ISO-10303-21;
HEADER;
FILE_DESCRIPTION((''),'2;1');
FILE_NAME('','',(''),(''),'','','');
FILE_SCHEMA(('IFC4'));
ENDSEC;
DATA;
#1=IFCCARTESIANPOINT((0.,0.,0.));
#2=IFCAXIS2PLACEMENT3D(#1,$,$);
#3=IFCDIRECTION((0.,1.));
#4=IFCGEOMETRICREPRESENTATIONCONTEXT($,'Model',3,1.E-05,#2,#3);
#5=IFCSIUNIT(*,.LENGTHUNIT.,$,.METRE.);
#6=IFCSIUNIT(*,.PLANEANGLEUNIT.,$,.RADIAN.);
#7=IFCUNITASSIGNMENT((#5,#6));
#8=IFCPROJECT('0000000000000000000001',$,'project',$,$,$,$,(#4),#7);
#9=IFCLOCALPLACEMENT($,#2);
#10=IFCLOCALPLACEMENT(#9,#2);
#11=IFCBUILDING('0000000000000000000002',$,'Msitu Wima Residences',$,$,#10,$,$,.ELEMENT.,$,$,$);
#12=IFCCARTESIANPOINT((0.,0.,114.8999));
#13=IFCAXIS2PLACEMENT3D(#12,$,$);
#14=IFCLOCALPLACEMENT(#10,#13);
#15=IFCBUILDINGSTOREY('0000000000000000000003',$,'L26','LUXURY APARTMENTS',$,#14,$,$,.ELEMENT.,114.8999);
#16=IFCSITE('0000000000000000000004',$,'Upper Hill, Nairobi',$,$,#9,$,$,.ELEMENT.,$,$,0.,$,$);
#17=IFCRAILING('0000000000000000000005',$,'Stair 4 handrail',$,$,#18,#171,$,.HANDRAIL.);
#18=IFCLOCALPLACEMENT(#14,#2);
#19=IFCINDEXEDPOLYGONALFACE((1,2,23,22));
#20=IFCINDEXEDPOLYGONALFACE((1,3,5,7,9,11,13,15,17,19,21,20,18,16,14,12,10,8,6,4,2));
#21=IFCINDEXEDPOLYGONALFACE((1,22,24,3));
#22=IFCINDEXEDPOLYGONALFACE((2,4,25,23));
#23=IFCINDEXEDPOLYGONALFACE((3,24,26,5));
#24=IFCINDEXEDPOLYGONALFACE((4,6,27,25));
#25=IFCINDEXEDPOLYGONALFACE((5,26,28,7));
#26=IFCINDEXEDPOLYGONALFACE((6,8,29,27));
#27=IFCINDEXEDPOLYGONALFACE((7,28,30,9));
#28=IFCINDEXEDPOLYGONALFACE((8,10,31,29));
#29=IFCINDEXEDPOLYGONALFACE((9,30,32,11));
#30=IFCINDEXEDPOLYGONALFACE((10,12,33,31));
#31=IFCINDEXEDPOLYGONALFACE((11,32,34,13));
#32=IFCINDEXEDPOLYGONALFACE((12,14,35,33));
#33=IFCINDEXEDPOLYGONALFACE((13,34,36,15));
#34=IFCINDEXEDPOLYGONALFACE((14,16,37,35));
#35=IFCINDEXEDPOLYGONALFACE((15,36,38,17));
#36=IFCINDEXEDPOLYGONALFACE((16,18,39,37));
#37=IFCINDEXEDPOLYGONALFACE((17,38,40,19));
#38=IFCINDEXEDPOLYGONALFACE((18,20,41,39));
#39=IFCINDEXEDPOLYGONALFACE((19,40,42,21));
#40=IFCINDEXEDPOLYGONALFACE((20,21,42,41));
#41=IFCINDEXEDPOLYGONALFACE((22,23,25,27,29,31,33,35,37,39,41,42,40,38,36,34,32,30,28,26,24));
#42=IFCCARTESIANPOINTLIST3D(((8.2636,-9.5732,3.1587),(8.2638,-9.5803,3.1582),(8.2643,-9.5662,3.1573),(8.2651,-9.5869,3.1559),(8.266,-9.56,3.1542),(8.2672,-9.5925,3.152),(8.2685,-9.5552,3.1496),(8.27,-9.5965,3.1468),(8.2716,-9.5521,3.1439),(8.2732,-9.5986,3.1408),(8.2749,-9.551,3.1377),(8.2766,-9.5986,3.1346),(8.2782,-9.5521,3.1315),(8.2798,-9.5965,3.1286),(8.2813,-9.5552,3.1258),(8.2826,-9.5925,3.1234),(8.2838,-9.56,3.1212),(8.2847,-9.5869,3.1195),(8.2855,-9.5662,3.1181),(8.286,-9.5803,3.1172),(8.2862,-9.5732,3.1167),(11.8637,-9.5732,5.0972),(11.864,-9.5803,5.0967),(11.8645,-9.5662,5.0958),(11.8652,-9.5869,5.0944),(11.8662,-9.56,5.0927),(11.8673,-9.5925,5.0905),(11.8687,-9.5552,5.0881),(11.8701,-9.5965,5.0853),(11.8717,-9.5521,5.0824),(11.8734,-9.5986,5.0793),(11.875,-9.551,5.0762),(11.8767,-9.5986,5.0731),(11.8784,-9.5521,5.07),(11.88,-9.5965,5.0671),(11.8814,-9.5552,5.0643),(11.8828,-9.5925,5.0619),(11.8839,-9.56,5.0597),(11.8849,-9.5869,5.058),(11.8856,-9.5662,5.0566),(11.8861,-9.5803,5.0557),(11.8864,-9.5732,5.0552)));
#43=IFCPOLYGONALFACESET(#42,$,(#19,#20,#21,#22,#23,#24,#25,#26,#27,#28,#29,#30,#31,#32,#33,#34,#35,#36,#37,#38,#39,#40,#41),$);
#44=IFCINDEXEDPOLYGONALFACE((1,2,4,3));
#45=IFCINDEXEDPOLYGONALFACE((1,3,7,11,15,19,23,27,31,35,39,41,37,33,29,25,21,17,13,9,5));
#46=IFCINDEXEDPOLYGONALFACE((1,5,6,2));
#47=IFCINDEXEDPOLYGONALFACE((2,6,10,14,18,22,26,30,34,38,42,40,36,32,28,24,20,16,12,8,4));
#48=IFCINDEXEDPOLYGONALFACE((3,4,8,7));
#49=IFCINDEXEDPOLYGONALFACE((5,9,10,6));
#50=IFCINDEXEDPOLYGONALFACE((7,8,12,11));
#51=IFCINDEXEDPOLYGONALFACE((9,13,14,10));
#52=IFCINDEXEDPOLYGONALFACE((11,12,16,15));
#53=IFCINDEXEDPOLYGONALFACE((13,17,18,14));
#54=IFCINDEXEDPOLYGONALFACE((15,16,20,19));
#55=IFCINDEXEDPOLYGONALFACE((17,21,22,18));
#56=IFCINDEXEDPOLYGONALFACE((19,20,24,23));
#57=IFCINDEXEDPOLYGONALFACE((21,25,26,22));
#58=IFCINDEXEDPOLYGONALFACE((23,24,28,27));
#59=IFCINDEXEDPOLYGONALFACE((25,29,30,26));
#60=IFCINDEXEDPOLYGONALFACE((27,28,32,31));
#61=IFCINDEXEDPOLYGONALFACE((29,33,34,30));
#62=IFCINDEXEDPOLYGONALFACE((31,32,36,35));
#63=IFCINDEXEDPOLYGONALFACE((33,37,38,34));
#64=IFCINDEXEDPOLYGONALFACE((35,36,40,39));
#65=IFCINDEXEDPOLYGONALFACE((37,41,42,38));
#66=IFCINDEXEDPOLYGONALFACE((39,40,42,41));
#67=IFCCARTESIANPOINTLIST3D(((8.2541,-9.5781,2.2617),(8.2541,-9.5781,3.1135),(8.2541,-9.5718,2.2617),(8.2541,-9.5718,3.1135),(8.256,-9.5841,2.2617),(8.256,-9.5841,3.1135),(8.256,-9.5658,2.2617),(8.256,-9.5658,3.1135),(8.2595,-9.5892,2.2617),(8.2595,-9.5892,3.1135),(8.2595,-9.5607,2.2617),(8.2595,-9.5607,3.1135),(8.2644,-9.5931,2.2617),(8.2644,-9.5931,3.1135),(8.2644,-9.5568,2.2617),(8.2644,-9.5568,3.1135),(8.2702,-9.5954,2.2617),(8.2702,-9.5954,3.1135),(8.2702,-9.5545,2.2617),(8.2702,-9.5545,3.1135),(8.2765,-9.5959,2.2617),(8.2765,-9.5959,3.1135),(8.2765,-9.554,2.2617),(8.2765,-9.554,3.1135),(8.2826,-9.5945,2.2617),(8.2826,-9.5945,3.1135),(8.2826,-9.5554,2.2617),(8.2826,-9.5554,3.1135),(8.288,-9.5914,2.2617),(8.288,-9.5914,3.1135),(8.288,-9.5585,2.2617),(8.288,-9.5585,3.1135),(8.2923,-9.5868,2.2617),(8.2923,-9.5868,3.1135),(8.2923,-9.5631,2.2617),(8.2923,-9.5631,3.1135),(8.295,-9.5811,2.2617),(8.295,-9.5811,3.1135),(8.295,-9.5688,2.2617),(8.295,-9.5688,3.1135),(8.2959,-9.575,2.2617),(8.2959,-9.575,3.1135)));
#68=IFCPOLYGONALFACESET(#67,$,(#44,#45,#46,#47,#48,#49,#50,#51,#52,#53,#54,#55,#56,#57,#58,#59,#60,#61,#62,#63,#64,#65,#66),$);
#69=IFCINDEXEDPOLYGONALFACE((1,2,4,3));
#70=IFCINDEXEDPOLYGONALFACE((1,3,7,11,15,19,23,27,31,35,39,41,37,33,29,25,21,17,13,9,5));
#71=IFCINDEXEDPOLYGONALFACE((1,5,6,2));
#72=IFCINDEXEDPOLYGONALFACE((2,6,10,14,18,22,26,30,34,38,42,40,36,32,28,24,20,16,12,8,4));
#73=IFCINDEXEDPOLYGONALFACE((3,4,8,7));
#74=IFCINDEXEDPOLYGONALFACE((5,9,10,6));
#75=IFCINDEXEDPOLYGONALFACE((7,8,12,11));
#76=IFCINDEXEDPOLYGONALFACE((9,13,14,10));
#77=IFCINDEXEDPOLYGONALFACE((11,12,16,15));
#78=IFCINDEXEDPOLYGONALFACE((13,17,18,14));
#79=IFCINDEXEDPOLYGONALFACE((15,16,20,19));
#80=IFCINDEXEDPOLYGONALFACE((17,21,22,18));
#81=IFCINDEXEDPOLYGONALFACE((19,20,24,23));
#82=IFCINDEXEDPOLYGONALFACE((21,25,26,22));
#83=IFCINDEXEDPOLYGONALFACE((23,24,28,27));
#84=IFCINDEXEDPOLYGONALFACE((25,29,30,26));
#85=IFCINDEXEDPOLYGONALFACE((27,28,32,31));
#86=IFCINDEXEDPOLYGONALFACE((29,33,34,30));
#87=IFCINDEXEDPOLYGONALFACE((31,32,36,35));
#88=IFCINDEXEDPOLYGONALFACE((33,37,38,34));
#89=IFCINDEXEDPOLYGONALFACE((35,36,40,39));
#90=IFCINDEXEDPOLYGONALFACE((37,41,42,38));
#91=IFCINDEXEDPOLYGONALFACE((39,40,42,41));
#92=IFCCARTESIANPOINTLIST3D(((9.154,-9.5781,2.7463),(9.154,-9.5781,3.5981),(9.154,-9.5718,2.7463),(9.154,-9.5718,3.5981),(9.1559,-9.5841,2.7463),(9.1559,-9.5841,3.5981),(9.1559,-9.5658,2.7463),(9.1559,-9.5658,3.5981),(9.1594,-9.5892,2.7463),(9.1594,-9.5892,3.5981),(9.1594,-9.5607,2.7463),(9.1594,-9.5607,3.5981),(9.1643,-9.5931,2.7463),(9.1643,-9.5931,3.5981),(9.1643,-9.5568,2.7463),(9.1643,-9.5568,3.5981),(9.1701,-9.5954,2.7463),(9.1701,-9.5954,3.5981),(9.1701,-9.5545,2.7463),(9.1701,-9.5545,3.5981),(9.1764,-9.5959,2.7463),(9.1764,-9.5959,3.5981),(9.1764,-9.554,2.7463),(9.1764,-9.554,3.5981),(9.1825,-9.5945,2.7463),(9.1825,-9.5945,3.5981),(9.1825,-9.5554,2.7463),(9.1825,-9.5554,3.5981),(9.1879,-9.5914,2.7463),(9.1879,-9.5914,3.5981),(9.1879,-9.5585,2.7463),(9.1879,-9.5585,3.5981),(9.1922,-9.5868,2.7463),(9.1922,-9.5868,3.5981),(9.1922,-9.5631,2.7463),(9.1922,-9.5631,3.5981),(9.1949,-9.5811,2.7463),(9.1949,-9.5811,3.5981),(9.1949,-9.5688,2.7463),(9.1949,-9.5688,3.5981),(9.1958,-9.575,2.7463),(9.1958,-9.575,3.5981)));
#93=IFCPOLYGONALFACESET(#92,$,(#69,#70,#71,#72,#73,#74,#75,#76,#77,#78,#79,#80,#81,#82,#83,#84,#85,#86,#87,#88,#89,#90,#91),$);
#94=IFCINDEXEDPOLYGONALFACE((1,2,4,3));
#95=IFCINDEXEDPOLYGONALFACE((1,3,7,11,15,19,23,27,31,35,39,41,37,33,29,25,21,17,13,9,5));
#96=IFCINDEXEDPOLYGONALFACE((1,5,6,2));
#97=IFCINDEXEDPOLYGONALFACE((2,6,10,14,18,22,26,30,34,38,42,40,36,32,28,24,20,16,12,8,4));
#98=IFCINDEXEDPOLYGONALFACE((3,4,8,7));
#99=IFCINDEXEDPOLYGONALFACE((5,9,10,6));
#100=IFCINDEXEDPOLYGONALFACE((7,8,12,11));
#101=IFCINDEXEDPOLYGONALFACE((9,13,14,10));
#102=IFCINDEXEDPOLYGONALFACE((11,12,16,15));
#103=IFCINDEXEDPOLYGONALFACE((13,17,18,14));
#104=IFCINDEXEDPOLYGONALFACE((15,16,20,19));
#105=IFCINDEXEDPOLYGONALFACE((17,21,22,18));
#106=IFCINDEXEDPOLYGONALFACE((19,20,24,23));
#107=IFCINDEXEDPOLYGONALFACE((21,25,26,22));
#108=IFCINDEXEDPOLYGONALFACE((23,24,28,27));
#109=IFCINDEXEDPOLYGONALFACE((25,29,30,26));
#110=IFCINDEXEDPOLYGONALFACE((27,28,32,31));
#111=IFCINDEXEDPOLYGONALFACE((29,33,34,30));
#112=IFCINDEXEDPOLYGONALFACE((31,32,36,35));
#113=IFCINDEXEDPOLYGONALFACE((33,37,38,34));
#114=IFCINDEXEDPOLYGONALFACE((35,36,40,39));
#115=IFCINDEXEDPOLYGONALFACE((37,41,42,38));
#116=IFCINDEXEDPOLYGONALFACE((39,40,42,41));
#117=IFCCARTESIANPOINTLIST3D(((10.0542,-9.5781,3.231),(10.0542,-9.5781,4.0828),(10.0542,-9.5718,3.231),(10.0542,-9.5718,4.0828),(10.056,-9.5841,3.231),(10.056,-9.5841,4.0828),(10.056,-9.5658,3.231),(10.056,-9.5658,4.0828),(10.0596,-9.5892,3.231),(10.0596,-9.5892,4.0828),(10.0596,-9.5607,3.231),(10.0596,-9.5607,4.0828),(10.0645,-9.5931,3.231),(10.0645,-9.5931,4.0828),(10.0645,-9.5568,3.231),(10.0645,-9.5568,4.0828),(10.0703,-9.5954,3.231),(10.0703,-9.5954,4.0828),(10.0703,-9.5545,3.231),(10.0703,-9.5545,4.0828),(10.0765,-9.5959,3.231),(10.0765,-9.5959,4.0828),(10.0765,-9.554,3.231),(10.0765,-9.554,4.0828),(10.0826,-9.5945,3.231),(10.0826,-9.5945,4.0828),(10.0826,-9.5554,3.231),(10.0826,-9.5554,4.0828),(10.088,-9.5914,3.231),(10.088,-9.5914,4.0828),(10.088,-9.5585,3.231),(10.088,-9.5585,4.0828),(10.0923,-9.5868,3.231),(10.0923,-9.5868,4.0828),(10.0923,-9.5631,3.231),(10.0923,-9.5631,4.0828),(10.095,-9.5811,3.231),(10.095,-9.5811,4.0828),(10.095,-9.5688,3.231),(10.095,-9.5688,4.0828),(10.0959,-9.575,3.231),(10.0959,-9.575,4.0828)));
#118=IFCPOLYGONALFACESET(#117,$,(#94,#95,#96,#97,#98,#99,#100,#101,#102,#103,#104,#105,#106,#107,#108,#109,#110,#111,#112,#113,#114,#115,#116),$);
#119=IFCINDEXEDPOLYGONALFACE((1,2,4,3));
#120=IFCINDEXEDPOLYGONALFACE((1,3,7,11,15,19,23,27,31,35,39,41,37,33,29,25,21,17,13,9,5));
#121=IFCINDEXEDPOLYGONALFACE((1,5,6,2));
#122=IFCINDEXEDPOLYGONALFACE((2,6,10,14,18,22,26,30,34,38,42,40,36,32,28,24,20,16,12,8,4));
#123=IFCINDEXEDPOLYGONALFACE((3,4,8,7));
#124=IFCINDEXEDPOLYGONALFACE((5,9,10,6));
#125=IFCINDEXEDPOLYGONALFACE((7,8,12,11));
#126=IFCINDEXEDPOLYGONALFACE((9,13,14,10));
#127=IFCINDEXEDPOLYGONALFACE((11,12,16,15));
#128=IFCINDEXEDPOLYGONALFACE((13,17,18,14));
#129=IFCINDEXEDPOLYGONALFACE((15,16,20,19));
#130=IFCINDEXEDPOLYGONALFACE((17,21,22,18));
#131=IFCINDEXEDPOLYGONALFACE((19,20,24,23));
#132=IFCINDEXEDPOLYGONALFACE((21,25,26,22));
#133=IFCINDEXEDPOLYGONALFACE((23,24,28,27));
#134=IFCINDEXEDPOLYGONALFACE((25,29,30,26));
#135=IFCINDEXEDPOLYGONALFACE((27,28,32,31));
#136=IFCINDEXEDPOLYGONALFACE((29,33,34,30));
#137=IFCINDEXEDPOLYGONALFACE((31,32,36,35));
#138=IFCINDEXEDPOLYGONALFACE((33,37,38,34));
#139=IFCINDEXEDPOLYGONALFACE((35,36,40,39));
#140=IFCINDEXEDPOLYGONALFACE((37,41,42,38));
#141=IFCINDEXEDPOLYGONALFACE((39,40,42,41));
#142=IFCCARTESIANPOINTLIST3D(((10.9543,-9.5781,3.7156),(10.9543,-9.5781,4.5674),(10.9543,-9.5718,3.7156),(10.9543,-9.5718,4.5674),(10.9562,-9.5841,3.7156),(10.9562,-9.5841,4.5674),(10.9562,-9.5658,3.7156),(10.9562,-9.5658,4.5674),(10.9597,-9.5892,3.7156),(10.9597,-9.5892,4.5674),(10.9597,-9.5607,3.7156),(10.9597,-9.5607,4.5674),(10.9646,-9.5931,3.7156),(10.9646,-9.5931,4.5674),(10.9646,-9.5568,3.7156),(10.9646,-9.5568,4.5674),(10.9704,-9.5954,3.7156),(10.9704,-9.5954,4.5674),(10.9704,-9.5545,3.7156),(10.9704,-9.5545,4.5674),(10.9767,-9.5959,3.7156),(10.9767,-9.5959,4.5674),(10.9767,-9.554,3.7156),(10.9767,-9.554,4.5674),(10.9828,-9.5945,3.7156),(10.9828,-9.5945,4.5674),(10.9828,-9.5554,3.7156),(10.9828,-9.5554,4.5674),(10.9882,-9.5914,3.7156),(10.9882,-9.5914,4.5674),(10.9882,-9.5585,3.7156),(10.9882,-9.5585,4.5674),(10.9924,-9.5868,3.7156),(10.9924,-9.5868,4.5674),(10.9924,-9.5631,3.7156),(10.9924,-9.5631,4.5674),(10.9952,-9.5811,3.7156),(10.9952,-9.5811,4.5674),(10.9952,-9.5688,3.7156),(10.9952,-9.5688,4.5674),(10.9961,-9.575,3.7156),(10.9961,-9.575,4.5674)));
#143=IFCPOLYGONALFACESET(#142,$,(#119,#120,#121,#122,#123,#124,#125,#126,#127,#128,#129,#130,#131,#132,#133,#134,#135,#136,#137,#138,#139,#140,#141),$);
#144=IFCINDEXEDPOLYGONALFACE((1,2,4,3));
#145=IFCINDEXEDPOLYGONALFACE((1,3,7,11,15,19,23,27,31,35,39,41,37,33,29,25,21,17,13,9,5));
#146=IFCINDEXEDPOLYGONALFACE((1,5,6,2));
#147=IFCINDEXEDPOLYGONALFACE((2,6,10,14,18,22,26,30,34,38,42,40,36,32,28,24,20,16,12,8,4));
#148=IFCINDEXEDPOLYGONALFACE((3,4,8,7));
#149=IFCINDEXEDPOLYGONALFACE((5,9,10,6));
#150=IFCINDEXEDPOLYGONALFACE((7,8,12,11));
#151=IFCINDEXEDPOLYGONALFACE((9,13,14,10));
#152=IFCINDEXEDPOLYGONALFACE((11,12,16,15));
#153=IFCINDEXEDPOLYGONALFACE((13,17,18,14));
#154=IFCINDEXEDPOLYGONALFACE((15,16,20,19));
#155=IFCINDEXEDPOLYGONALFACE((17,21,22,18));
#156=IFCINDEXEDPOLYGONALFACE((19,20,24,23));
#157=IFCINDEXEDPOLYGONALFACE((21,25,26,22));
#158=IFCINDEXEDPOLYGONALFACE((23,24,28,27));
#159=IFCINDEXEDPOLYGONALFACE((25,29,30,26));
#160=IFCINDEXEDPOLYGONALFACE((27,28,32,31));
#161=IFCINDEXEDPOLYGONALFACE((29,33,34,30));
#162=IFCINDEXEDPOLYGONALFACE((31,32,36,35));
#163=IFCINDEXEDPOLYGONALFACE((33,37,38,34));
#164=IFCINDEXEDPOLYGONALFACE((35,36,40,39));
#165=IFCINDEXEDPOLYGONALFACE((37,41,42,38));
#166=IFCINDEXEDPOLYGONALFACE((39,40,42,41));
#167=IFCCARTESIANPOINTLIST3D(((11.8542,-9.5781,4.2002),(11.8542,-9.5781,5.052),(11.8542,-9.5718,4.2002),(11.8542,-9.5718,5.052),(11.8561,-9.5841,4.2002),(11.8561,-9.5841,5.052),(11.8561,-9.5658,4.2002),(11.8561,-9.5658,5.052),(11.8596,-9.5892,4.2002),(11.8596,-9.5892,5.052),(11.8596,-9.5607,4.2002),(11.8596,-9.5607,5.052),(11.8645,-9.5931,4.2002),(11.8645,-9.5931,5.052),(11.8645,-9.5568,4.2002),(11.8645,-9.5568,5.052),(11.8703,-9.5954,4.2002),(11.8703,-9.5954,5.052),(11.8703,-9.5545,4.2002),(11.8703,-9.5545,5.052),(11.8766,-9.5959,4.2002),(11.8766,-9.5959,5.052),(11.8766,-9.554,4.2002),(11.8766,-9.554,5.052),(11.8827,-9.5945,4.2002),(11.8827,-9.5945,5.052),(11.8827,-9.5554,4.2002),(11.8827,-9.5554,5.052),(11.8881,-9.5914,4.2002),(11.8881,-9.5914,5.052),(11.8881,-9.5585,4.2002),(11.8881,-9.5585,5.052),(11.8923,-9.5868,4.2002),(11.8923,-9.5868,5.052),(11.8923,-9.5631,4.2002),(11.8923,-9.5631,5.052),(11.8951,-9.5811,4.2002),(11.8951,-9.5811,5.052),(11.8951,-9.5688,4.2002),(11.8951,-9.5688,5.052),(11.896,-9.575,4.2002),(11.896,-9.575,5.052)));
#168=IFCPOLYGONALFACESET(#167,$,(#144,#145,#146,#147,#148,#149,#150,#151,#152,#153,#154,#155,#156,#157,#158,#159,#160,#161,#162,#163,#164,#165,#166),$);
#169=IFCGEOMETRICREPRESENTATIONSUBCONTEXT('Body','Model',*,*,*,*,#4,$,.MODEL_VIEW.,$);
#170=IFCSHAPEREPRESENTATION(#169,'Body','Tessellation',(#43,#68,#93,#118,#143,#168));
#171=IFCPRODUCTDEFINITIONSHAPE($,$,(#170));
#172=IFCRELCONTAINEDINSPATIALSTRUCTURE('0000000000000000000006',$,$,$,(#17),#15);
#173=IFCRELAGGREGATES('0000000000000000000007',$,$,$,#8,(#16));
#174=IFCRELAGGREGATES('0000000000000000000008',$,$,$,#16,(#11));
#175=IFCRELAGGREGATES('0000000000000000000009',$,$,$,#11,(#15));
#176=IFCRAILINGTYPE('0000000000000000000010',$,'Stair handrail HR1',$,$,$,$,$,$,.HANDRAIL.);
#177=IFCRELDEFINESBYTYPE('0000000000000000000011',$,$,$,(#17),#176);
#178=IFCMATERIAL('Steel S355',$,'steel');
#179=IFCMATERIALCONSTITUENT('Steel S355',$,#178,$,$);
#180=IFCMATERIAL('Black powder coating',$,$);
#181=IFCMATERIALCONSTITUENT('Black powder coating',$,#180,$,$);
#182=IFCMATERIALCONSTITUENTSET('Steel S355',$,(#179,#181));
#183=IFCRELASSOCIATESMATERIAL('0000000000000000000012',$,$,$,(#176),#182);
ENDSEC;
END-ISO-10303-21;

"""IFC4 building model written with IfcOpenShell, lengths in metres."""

from ifc_helpers import new_model, si_unit, direction, frame, origin, origin_2d, place, context, subcontext, project, spatial, circle, extrude, material, constituent, constituent_set, type_object, element, save


model = new_model("IFC4")

# Units and contexts
model_context = context("Model", 3, precision=1e-05, world=origin(), true_north=direction((0.0, 1.0)))
body_context = subcontext(model_context, "Body", "Model", "MODEL_VIEW")
ifc_project = project(units=[si_unit("LENGTHUNIT", "METRE"), si_unit("PLANEANGLEUNIT", "RADIAN")], contexts=[model_context])

# Site, building, storey
site_placement = place(None, origin())
site = spatial("IfcSite", under=ifc_project, at=site_placement, Name="Upper Hill, Nairobi", CompositionType="ELEMENT", RefElevation=0.0)
building_placement = place(site_placement, origin())
building = spatial("IfcBuilding", under=site, at=building_placement, Name="Msitu Wima Residences", CompositionType="ELEMENT")
storey_placement = place(building_placement, frame((0.0, 0.0, 114.8999)))
storey = spatial("IfcBuildingStorey", under=building, at=storey_placement, Name="L26", Description="LUXURY APARTMENTS", CompositionType="ELEMENT", Elevation=114.8999)

# Railing
ifc_material_1 = material(Name="Steel S355", Category="steel")
ifc_constituent_1 = constituent(ifc_material_1, Name="Steel S355")
ifc_material_2 = material(Name="Black powder coating")
ifc_constituent_2 = constituent(ifc_material_2, Name="Black powder coating")
ifc_constituent_set = constituent_set(constituents=[ifc_constituent_1, ifc_constituent_2], Name="Steel S355")
railing_type = type_object("IfcRailingType", Name="Stair handrail HR1", PredefinedType="HANDRAIL", material=ifc_constituent_set)
for number, where, name in (
    (1, (8.2749, -9.575, 2.2617), "Stair 4 handrail"),
):
    element("IfcRailing", number, at=place(storey_placement, frame(where)), inside=storey, type_object=railing_type, Name=name, PredefinedType="HANDRAIL", context=body_context, shape_type="SweptSolid", body=[
        extrude(circle(Radius=0.0239, at=origin_2d()), frame((0.0, 0.0, 0.876), z_axis=(0.880475, 0.0, 0.474093), x_axis=(0.0, 1.0, 0.0)), (0.0, 0.0, 1.0), 4.0889),
        extrude(circle(Radius=0.021, at=origin_2d()), origin(), (0.0, 0.0, 1.0), 0.8518),
        extrude(circle(Radius=0.021, at=origin_2d()), frame((0.8999, 0.0, 0.4846)), (0.0, 0.0, 1.0), 0.8518),
        extrude(circle(Radius=0.021, at=origin_2d()), frame((1.8, 0.0, 0.9692)), (0.0, 0.0, 1.0), 0.8518),
        extrude(circle(Radius=0.021, at=origin_2d()), frame((2.7002, 0.0, 1.4539)), (0.0, 0.0, 1.0), 0.8518),
        extrude(circle(Radius=0.021, at=origin_2d()), frame((3.6001, 0.0, 1.9385)), (0.0, 0.0, 1.0), 0.8518),
    ])

save(model, "model.ifc")
